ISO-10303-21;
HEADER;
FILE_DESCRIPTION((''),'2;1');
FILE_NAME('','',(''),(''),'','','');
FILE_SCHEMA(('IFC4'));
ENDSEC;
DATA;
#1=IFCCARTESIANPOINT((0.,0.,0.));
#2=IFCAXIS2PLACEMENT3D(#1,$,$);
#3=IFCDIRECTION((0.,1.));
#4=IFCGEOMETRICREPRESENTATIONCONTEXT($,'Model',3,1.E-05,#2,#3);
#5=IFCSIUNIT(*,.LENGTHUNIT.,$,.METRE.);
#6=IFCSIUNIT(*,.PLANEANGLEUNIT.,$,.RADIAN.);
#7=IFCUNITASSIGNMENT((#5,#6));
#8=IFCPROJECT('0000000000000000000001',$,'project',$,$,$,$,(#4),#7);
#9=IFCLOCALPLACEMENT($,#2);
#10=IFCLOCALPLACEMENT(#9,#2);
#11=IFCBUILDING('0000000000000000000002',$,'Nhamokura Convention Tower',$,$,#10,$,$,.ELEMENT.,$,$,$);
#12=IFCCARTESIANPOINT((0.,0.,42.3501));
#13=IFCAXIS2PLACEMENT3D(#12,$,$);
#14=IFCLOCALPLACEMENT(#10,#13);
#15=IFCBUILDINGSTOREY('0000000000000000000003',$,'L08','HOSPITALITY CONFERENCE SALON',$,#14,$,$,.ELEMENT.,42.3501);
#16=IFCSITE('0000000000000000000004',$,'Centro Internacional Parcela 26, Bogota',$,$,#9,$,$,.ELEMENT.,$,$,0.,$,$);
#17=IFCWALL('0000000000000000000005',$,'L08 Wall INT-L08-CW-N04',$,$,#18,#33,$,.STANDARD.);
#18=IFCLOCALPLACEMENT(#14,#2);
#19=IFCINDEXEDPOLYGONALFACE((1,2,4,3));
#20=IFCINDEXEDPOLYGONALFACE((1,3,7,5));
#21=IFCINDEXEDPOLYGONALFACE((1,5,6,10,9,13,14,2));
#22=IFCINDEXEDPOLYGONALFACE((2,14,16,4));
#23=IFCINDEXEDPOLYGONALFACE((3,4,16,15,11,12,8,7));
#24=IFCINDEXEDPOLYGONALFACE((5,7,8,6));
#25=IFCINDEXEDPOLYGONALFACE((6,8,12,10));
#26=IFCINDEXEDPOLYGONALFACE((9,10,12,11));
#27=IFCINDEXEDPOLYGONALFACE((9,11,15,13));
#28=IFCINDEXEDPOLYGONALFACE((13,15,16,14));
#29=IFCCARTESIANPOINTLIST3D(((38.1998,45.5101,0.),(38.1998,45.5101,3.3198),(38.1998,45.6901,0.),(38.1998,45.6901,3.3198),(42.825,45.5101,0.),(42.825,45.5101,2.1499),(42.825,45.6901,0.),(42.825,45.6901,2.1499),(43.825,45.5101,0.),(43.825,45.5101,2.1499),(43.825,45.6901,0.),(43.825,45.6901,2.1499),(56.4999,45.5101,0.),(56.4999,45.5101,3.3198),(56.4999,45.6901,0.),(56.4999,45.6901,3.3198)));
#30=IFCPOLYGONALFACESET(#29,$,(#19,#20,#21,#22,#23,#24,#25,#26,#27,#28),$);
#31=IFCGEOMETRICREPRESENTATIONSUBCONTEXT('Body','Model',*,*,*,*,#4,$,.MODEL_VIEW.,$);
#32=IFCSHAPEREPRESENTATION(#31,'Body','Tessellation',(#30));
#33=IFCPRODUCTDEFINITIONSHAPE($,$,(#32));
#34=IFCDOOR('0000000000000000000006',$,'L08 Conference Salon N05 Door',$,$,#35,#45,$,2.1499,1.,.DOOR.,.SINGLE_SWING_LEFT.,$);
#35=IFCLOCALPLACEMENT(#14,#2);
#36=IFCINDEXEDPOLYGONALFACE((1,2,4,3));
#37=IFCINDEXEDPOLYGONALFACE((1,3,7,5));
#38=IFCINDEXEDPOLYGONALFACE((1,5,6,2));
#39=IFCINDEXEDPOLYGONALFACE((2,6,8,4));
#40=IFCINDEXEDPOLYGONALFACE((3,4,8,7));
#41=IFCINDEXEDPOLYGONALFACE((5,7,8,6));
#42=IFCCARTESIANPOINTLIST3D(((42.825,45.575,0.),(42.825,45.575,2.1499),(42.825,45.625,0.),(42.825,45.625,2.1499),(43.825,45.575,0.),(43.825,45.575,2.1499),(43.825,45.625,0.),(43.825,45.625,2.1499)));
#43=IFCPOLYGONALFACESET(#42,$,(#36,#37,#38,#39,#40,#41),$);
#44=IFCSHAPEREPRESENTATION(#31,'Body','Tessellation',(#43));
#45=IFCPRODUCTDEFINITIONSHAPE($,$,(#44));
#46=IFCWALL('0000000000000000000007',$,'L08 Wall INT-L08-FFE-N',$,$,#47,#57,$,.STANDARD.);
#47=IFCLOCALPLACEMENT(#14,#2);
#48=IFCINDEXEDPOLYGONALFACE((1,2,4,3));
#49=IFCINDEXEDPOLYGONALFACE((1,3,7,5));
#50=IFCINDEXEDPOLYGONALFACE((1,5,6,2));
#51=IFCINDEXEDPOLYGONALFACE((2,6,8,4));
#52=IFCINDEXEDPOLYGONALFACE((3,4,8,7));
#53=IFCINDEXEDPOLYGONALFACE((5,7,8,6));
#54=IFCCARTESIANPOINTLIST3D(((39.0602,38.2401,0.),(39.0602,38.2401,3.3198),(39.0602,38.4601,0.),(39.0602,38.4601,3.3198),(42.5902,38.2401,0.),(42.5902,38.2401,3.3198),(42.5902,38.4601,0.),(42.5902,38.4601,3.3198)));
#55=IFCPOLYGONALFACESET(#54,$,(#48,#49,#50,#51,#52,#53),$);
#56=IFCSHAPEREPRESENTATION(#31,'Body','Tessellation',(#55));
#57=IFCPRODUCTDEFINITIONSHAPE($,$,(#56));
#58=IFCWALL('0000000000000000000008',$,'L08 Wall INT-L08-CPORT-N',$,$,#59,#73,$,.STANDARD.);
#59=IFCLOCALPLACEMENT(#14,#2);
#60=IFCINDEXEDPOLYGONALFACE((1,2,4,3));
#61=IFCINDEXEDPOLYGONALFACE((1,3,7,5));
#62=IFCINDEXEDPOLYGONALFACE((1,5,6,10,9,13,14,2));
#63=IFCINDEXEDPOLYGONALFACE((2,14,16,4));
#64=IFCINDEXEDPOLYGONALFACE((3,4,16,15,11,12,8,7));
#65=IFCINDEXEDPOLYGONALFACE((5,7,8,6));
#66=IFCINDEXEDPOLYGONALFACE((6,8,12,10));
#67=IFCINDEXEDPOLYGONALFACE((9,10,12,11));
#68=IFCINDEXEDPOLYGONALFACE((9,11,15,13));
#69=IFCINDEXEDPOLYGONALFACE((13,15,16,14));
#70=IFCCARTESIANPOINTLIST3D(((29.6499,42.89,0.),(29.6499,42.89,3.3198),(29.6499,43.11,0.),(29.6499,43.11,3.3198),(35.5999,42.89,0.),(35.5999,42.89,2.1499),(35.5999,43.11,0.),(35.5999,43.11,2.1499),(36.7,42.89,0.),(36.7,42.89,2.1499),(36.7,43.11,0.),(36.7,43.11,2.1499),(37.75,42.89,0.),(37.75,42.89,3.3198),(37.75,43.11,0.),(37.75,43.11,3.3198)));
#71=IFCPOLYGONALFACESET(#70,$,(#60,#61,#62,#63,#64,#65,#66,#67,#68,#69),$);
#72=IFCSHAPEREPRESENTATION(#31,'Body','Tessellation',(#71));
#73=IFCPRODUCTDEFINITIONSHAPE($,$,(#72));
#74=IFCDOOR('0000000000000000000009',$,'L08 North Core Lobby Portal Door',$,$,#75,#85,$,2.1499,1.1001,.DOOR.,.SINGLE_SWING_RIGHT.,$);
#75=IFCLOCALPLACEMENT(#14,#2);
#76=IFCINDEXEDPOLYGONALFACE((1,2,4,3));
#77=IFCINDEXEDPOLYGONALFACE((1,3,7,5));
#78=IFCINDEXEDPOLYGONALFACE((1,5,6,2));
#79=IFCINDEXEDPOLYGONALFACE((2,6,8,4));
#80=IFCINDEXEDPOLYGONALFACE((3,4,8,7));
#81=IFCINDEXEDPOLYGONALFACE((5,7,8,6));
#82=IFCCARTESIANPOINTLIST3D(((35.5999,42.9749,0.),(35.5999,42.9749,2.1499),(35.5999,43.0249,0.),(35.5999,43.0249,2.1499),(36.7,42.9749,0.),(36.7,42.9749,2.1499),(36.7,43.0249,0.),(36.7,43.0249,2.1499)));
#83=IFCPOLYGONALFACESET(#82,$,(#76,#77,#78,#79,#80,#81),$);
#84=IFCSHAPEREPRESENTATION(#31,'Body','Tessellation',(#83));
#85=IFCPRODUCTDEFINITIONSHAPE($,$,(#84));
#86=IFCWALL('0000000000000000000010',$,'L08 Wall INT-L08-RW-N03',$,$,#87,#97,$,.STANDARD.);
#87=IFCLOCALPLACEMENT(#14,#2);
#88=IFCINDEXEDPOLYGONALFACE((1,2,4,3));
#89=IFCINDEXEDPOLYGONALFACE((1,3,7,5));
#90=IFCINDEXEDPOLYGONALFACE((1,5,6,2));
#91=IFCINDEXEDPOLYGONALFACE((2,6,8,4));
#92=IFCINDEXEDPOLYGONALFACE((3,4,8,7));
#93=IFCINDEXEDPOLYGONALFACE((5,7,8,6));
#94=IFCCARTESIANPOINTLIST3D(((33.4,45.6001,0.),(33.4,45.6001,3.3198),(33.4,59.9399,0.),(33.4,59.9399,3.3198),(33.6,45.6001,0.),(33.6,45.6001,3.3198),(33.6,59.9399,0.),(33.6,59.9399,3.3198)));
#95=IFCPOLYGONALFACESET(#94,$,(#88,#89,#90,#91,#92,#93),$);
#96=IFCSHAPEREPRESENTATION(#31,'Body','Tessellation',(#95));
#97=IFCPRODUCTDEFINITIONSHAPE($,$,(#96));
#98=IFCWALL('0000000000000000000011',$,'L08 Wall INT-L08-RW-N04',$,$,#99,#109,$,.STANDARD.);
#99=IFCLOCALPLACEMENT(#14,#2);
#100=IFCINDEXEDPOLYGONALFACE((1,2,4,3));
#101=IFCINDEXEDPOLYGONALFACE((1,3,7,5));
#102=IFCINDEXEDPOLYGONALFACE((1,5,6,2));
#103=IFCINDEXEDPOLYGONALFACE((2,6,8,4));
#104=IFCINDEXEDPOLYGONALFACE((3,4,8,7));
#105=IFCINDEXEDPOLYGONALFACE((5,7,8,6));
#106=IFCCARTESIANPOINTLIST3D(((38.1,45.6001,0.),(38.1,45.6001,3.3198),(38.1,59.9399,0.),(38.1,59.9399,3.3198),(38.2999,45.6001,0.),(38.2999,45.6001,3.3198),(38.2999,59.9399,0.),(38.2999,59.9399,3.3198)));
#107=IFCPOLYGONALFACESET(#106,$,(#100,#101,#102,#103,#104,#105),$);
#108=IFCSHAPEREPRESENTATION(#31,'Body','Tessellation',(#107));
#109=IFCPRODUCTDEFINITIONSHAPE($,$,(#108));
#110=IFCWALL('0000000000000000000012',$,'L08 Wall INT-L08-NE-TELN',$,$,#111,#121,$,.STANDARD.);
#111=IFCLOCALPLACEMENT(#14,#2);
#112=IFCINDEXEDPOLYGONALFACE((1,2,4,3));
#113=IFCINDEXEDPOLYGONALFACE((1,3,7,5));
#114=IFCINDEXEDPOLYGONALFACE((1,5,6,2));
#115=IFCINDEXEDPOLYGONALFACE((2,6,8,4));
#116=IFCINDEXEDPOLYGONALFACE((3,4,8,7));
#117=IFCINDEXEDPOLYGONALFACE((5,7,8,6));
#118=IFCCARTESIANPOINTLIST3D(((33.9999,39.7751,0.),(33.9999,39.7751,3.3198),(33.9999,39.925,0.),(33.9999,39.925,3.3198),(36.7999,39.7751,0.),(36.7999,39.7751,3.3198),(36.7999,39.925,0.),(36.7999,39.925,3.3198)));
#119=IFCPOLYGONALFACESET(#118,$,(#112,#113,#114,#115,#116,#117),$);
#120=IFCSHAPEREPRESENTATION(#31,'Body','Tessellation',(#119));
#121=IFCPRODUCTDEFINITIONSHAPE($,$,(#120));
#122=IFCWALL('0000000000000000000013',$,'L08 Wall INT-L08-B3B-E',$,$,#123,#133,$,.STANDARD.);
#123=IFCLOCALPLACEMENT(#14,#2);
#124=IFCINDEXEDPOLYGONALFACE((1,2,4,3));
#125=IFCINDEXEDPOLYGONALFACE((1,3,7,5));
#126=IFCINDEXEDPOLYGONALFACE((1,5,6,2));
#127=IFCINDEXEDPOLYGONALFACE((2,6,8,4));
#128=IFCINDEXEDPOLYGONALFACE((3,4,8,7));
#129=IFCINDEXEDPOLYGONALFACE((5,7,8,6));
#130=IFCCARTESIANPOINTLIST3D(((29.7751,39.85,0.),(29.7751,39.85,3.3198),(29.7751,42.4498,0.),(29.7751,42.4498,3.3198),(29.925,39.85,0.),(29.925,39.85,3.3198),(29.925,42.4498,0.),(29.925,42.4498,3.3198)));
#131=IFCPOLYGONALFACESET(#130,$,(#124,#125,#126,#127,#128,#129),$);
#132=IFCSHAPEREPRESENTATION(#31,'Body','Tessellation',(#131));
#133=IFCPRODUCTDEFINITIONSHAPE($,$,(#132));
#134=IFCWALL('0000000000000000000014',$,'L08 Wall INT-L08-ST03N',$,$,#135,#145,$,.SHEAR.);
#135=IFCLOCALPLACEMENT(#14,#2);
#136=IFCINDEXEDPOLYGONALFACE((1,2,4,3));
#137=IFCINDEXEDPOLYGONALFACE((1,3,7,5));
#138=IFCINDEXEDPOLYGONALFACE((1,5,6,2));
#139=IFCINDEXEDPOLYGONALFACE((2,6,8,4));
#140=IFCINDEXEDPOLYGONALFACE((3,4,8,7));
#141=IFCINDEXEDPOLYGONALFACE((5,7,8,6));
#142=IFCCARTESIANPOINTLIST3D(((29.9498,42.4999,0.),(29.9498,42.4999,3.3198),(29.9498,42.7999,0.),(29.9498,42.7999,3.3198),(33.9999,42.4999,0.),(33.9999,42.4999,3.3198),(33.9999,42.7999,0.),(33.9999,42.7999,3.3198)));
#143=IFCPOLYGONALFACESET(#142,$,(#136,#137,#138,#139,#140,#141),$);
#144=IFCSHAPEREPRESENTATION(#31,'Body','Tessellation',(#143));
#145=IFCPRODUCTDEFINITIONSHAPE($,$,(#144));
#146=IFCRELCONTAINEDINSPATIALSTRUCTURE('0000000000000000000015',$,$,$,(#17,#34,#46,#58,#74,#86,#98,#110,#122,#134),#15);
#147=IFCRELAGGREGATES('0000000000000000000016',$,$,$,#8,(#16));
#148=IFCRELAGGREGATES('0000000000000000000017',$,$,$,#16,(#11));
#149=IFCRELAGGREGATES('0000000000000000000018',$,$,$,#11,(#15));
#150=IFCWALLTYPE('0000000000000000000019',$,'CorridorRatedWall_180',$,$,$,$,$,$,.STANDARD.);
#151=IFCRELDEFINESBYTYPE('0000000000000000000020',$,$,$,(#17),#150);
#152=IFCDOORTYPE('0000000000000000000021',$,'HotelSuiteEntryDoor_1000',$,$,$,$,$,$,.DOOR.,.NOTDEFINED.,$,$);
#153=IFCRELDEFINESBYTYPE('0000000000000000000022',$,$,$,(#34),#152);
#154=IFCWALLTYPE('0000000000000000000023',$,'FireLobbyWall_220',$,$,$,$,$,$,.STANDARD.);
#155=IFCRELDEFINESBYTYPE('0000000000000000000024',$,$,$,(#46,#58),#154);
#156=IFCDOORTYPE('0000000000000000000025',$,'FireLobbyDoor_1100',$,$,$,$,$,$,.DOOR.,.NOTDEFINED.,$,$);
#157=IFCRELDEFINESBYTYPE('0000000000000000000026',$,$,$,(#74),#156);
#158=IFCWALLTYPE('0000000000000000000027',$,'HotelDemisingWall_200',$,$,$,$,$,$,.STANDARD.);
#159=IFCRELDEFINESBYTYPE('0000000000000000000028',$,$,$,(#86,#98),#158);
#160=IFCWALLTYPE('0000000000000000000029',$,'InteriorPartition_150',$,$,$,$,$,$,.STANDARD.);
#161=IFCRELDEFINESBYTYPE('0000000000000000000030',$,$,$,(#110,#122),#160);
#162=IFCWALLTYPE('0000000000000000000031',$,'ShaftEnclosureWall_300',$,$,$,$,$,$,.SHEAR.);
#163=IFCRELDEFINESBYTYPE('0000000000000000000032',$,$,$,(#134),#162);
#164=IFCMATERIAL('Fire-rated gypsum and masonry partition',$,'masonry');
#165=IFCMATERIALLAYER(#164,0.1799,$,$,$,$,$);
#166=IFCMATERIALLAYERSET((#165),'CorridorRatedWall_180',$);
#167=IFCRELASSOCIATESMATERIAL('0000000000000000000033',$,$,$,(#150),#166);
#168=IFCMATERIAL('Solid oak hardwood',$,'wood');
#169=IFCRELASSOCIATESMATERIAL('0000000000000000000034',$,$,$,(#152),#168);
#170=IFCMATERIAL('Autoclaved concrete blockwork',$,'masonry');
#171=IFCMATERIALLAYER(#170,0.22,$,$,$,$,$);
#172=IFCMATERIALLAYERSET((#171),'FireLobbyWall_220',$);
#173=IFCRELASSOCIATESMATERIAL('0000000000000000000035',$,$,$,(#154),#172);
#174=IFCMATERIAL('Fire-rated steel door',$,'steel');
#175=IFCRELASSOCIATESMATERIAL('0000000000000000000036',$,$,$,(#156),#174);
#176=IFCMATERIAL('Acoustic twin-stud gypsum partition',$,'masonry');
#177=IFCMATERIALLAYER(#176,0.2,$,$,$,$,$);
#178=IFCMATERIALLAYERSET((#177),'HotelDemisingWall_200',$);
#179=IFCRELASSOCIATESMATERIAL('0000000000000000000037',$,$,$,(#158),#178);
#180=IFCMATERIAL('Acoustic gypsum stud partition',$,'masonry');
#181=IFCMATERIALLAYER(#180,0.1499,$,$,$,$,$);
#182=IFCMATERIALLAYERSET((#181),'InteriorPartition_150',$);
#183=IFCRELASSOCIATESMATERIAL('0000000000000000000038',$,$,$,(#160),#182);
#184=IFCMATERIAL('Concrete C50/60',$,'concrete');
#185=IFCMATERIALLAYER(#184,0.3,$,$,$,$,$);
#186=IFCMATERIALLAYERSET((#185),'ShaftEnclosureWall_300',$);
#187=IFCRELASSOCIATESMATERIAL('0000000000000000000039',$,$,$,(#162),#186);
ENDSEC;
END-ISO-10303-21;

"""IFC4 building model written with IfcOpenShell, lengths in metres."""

from ifc_helpers import new_model, si_unit, direction, frame, frame_2d, origin, place, context, subcontext, project, spatial, rectangle, extrude, material, layer, layer_set, type_object, element, fill, save


model = new_model("IFC4")

# Units and contexts
model_context = context("Model", 3, precision=1e-05, world=origin(), true_north=direction((0.0, 1.0)))
body_context = subcontext(model_context, "Body", "Model", "MODEL_VIEW")
ifc_project = project(units=[si_unit("LENGTHUNIT", "METRE"), si_unit("PLANEANGLEUNIT", "RADIAN")], contexts=[model_context])

# Site, building, storey
site_placement = place(None, origin())
site = spatial("IfcSite", under=ifc_project, at=site_placement, Name="Centro Internacional Parcela 26, Bogota", CompositionType="ELEMENT", RefElevation=0.0)
building_placement = place(site_placement, origin())
building = spatial("IfcBuilding", under=site, at=building_placement, Name="Nhamokura Convention Tower", CompositionType="ELEMENT")
storey_placement = place(building_placement, frame((0.0, 0.0, 42.3501)))
storey = spatial("IfcBuildingStorey", under=building, at=storey_placement, Name="L08", Description="HOSPITALITY CONFERENCE SALON", CompositionType="ELEMENT", Elevation=42.3501)

# Wall, opening, door
ifc_material_1 = material(Name="Fire-rated gypsum and masonry partition", Category="masonry")
ifc_layer_1 = layer(ifc_material_1, 0.1799)
ifc_layer_set_1 = layer_set([ifc_layer_1], Name="CorridorRatedWall_180")
wall_type_1 = type_object("IfcWallType", Name="CorridorRatedWall_180", PredefinedType="STANDARD", material=ifc_layer_set_1)
ifc_material_2 = material(Name="Solid oak hardwood", Category="wood")
door_type_1 = type_object("IfcDoorType", Name="HotelSuiteEntryDoor_1000", OperationType="NOTDEFINED", PredefinedType="DOOR", material=ifc_material_2)
wall_1_placement = place(storey_placement, frame((38.2, 45.6001, 0.0), z_axis=(0.0, 0.0, 1.0), x_axis=(1.0, 0.0, 0.0)))
wall_1 = element("IfcWall", 1, at=wall_1_placement, inside=storey, type_object=wall_type_1, Name="L08 Wall INT-L08-CW-N04", PredefinedType="STANDARD", context=body_context, shape_type="SweptSolid", body=[
    extrude(rectangle(XDim=18.3, YDim=0.1799, at=frame_2d((9.1499, 0.0))), origin(), (0.0, 0.0, 1.0), 3.3198),
])
opening_1_placement = place(wall_1_placement, frame((4.625, 0.0, 0.0)))
opening_1 = element("IfcOpeningElement", 2, at=opening_1_placement, cuts=wall_1, PredefinedType="OPENING", context=body_context, shape_type="SweptSolid", body=[
    extrude(rectangle(XDim=1.0, YDim=2.1499, at=frame_2d((0.5, 1.075))), frame((0.0, 0.0999, 0.0), z_axis=(0.0, -1.0, 0.0), x_axis=(1.0, 0.0, 0.0)), (0.0, 0.0, 1.0), 0.2),
])
door_1_placement = place(opening_1_placement, origin())
door_1 = element("IfcDoor", 3, at=door_1_placement, inside=storey, type_object=door_type_1, Name="L08 Conference Salon N05 Door", OperationType="SINGLE_SWING_LEFT", OverallHeight=2.1499, OverallWidth=1.0, PredefinedType="DOOR", context=body_context, shape_type="SweptSolid", body=[
    extrude(rectangle(XDim=1.0, YDim=2.1499, at=frame_2d((0.5, 1.075))), frame((0.0, 0.0249, 0.0), z_axis=(0.0, -1.0, 0.0), x_axis=(1.0, 0.0, 0.0)), (0.0, 0.0, 1.0), 0.05),
])
fill(opening_1, door_1)

# Wall
ifc_material_3 = material(Name="Autoclaved concrete blockwork", Category="masonry")
ifc_layer_2 = layer(ifc_material_3, 0.22)
ifc_layer_set_2 = layer_set([ifc_layer_2], Name="FireLobbyWall_220")
wall_type_2 = type_object("IfcWallType", Name="FireLobbyWall_220", PredefinedType="STANDARD", material=ifc_layer_set_2)
wall_2_placement = place(storey_placement, frame((39.0601, 38.3501, 0.0), z_axis=(0.0, 0.0, 1.0), x_axis=(1.0, 0.0, 0.0)))
element("IfcWall", 4, at=wall_2_placement, inside=storey, type_object=wall_type_2, Name="L08 Wall INT-L08-FFE-N", PredefinedType="STANDARD", context=body_context, shape_type="SweptSolid", body=[
    extrude(rectangle(XDim=3.53, YDim=0.22, at=frame_2d((1.7651, 0.0))), origin(), (0.0, 0.0, 1.0), 3.3198),
])

# Wall, opening, door
wall_3_placement = place(storey_placement, frame((29.6499, 43.0, 0.0), z_axis=(0.0, 0.0, 1.0), x_axis=(1.0, 0.0, 0.0)))
wall_3 = element("IfcWall", 5, at=wall_3_placement, inside=storey, type_object=wall_type_2, Name="L08 Wall INT-L08-CPORT-N", PredefinedType="STANDARD", context=body_context, shape_type="SweptSolid", body=[
    extrude(rectangle(XDim=8.1001, YDim=0.22, at=frame_2d((4.05, 0.0))), origin(), (0.0, 0.0, 1.0), 3.3198),
])
opening_2_placement = place(wall_3_placement, frame((5.95, 0.0, 0.0)))
opening_2 = element("IfcOpeningElement", 6, at=opening_2_placement, cuts=wall_3, PredefinedType="OPENING", context=body_context, shape_type="SweptSolid", body=[
    extrude(rectangle(XDim=1.1001, YDim=2.1499, at=frame_2d((0.55, 1.075))), frame((0.0, 0.1199, 0.0), z_axis=(0.0, -1.0, 0.0), x_axis=(1.0, 0.0, 0.0)), (0.0, 0.0, 1.0), 0.24),
])
ifc_material_4 = material(Name="Fire-rated steel door", Category="steel")
door_type_2 = type_object("IfcDoorType", Name="FireLobbyDoor_1100", OperationType="NOTDEFINED", PredefinedType="DOOR", material=ifc_material_4)
door_2_placement = place(opening_2_placement, origin())
door_2 = element("IfcDoor", 7, at=door_2_placement, inside=storey, type_object=door_type_2, Name="L08 North Core Lobby Portal Door", OperationType="SINGLE_SWING_RIGHT", OverallHeight=2.1499, OverallWidth=1.1001, PredefinedType="DOOR", context=body_context, shape_type="SweptSolid", body=[
    extrude(rectangle(XDim=1.1001, YDim=2.1499, at=frame_2d((0.55, 1.075))), frame((0.0, 0.0249, 0.0), z_axis=(0.0, -1.0, 0.0), x_axis=(1.0, 0.0, 0.0)), (0.0, 0.0, 1.0), 0.05),
])
fill(opening_2, door_2)

# Walls
ifc_material_5 = material(Name="Acoustic twin-stud gypsum partition", Category="masonry")
ifc_layer_3 = layer(ifc_material_5, 0.2)
ifc_layer_set_3 = layer_set([ifc_layer_3], Name="HotelDemisingWall_200")
wall_type_3 = type_object("IfcWallType", Name="HotelDemisingWall_200", PredefinedType="STANDARD", material=ifc_layer_set_3)
for number, where, z_axis, x_axis, name in (
    (8, (33.5, 45.6001, 0.0), (0.0, 0.0, 1.0), (0.0, 1.0, 0.0), "L08 Wall INT-L08-RW-N03"),
    (9, (38.2, 45.6001, 0.0), (0.0, 0.0, 1.0), (0.0, 1.0, 0.0), "L08 Wall INT-L08-RW-N04"),
):
    element("IfcWall", number, at=place(storey_placement, frame(where, z_axis=z_axis, x_axis=x_axis)), inside=storey, type_object=wall_type_3, Name=name, PredefinedType="STANDARD", context=body_context, shape_type="SweptSolid", body=[
        extrude(rectangle(XDim=14.3398, YDim=0.2, at=frame_2d((7.1699, 0.0))), origin(), (0.0, 0.0, 1.0), 3.3198),
    ])
ifc_material_6 = material(Name="Acoustic gypsum stud partition", Category="masonry")
ifc_layer_4 = layer(ifc_material_6, 0.1499)
ifc_layer_set_4 = layer_set([ifc_layer_4], Name="InteriorPartition_150")
wall_type_4 = type_object("IfcWallType", Name="InteriorPartition_150", PredefinedType="STANDARD", material=ifc_layer_set_4)
wall_4_placement = place(storey_placement, frame((34.0, 39.8501, 0.0), z_axis=(0.0, 0.0, 1.0), x_axis=(1.0, 0.0, 0.0)))
element("IfcWall", 10, at=wall_4_placement, inside=storey, type_object=wall_type_4, Name="L08 Wall INT-L08-NE-TELN", PredefinedType="STANDARD", context=body_context, shape_type="SweptSolid", body=[
    extrude(rectangle(XDim=2.8, YDim=0.1499, at=frame_2d((1.3999, 0.0))), origin(), (0.0, 0.0, 1.0), 3.3198),
])
wall_5_placement = place(storey_placement, frame((29.8501, 39.8501, 0.0), z_axis=(0.0, 0.0, 1.0), x_axis=(0.0, 1.0, 0.0)))
element("IfcWall", 11, at=wall_5_placement, inside=storey, type_object=wall_type_4, Name="L08 Wall INT-L08-B3B-E", PredefinedType="STANDARD", context=body_context, shape_type="SweptSolid", body=[
    extrude(rectangle(XDim=2.5999, YDim=0.1499, at=frame_2d((1.2998, 0.0))), origin(), (0.0, 0.0, 1.0), 3.3198),
])
ifc_material_7 = material(Name="Concrete C50/60", Category="concrete")
ifc_layer_5 = layer(ifc_material_7, 0.3)
ifc_layer_set_5 = layer_set([ifc_layer_5], Name="ShaftEnclosureWall_300")
wall_type_5 = type_object("IfcWallType", Name="ShaftEnclosureWall_300", PredefinedType="SHEAR", material=ifc_layer_set_5)
wall_6_placement = place(storey_placement, frame((29.95, 42.6499, 0.0), z_axis=(0.0, 0.0, 1.0), x_axis=(1.0, 0.0, 0.0)))
element("IfcWall", 12, at=wall_6_placement, inside=storey, type_object=wall_type_5, Name="L08 Wall INT-L08-ST03N", PredefinedType="SHEAR", context=body_context, shape_type="SweptSolid", body=[
    extrude(rectangle(XDim=4.05, YDim=0.3, at=frame_2d((2.0249, 0.0))), origin(), (0.0, 0.0, 1.0), 3.3198),
])

save(model, "model.ifc")
